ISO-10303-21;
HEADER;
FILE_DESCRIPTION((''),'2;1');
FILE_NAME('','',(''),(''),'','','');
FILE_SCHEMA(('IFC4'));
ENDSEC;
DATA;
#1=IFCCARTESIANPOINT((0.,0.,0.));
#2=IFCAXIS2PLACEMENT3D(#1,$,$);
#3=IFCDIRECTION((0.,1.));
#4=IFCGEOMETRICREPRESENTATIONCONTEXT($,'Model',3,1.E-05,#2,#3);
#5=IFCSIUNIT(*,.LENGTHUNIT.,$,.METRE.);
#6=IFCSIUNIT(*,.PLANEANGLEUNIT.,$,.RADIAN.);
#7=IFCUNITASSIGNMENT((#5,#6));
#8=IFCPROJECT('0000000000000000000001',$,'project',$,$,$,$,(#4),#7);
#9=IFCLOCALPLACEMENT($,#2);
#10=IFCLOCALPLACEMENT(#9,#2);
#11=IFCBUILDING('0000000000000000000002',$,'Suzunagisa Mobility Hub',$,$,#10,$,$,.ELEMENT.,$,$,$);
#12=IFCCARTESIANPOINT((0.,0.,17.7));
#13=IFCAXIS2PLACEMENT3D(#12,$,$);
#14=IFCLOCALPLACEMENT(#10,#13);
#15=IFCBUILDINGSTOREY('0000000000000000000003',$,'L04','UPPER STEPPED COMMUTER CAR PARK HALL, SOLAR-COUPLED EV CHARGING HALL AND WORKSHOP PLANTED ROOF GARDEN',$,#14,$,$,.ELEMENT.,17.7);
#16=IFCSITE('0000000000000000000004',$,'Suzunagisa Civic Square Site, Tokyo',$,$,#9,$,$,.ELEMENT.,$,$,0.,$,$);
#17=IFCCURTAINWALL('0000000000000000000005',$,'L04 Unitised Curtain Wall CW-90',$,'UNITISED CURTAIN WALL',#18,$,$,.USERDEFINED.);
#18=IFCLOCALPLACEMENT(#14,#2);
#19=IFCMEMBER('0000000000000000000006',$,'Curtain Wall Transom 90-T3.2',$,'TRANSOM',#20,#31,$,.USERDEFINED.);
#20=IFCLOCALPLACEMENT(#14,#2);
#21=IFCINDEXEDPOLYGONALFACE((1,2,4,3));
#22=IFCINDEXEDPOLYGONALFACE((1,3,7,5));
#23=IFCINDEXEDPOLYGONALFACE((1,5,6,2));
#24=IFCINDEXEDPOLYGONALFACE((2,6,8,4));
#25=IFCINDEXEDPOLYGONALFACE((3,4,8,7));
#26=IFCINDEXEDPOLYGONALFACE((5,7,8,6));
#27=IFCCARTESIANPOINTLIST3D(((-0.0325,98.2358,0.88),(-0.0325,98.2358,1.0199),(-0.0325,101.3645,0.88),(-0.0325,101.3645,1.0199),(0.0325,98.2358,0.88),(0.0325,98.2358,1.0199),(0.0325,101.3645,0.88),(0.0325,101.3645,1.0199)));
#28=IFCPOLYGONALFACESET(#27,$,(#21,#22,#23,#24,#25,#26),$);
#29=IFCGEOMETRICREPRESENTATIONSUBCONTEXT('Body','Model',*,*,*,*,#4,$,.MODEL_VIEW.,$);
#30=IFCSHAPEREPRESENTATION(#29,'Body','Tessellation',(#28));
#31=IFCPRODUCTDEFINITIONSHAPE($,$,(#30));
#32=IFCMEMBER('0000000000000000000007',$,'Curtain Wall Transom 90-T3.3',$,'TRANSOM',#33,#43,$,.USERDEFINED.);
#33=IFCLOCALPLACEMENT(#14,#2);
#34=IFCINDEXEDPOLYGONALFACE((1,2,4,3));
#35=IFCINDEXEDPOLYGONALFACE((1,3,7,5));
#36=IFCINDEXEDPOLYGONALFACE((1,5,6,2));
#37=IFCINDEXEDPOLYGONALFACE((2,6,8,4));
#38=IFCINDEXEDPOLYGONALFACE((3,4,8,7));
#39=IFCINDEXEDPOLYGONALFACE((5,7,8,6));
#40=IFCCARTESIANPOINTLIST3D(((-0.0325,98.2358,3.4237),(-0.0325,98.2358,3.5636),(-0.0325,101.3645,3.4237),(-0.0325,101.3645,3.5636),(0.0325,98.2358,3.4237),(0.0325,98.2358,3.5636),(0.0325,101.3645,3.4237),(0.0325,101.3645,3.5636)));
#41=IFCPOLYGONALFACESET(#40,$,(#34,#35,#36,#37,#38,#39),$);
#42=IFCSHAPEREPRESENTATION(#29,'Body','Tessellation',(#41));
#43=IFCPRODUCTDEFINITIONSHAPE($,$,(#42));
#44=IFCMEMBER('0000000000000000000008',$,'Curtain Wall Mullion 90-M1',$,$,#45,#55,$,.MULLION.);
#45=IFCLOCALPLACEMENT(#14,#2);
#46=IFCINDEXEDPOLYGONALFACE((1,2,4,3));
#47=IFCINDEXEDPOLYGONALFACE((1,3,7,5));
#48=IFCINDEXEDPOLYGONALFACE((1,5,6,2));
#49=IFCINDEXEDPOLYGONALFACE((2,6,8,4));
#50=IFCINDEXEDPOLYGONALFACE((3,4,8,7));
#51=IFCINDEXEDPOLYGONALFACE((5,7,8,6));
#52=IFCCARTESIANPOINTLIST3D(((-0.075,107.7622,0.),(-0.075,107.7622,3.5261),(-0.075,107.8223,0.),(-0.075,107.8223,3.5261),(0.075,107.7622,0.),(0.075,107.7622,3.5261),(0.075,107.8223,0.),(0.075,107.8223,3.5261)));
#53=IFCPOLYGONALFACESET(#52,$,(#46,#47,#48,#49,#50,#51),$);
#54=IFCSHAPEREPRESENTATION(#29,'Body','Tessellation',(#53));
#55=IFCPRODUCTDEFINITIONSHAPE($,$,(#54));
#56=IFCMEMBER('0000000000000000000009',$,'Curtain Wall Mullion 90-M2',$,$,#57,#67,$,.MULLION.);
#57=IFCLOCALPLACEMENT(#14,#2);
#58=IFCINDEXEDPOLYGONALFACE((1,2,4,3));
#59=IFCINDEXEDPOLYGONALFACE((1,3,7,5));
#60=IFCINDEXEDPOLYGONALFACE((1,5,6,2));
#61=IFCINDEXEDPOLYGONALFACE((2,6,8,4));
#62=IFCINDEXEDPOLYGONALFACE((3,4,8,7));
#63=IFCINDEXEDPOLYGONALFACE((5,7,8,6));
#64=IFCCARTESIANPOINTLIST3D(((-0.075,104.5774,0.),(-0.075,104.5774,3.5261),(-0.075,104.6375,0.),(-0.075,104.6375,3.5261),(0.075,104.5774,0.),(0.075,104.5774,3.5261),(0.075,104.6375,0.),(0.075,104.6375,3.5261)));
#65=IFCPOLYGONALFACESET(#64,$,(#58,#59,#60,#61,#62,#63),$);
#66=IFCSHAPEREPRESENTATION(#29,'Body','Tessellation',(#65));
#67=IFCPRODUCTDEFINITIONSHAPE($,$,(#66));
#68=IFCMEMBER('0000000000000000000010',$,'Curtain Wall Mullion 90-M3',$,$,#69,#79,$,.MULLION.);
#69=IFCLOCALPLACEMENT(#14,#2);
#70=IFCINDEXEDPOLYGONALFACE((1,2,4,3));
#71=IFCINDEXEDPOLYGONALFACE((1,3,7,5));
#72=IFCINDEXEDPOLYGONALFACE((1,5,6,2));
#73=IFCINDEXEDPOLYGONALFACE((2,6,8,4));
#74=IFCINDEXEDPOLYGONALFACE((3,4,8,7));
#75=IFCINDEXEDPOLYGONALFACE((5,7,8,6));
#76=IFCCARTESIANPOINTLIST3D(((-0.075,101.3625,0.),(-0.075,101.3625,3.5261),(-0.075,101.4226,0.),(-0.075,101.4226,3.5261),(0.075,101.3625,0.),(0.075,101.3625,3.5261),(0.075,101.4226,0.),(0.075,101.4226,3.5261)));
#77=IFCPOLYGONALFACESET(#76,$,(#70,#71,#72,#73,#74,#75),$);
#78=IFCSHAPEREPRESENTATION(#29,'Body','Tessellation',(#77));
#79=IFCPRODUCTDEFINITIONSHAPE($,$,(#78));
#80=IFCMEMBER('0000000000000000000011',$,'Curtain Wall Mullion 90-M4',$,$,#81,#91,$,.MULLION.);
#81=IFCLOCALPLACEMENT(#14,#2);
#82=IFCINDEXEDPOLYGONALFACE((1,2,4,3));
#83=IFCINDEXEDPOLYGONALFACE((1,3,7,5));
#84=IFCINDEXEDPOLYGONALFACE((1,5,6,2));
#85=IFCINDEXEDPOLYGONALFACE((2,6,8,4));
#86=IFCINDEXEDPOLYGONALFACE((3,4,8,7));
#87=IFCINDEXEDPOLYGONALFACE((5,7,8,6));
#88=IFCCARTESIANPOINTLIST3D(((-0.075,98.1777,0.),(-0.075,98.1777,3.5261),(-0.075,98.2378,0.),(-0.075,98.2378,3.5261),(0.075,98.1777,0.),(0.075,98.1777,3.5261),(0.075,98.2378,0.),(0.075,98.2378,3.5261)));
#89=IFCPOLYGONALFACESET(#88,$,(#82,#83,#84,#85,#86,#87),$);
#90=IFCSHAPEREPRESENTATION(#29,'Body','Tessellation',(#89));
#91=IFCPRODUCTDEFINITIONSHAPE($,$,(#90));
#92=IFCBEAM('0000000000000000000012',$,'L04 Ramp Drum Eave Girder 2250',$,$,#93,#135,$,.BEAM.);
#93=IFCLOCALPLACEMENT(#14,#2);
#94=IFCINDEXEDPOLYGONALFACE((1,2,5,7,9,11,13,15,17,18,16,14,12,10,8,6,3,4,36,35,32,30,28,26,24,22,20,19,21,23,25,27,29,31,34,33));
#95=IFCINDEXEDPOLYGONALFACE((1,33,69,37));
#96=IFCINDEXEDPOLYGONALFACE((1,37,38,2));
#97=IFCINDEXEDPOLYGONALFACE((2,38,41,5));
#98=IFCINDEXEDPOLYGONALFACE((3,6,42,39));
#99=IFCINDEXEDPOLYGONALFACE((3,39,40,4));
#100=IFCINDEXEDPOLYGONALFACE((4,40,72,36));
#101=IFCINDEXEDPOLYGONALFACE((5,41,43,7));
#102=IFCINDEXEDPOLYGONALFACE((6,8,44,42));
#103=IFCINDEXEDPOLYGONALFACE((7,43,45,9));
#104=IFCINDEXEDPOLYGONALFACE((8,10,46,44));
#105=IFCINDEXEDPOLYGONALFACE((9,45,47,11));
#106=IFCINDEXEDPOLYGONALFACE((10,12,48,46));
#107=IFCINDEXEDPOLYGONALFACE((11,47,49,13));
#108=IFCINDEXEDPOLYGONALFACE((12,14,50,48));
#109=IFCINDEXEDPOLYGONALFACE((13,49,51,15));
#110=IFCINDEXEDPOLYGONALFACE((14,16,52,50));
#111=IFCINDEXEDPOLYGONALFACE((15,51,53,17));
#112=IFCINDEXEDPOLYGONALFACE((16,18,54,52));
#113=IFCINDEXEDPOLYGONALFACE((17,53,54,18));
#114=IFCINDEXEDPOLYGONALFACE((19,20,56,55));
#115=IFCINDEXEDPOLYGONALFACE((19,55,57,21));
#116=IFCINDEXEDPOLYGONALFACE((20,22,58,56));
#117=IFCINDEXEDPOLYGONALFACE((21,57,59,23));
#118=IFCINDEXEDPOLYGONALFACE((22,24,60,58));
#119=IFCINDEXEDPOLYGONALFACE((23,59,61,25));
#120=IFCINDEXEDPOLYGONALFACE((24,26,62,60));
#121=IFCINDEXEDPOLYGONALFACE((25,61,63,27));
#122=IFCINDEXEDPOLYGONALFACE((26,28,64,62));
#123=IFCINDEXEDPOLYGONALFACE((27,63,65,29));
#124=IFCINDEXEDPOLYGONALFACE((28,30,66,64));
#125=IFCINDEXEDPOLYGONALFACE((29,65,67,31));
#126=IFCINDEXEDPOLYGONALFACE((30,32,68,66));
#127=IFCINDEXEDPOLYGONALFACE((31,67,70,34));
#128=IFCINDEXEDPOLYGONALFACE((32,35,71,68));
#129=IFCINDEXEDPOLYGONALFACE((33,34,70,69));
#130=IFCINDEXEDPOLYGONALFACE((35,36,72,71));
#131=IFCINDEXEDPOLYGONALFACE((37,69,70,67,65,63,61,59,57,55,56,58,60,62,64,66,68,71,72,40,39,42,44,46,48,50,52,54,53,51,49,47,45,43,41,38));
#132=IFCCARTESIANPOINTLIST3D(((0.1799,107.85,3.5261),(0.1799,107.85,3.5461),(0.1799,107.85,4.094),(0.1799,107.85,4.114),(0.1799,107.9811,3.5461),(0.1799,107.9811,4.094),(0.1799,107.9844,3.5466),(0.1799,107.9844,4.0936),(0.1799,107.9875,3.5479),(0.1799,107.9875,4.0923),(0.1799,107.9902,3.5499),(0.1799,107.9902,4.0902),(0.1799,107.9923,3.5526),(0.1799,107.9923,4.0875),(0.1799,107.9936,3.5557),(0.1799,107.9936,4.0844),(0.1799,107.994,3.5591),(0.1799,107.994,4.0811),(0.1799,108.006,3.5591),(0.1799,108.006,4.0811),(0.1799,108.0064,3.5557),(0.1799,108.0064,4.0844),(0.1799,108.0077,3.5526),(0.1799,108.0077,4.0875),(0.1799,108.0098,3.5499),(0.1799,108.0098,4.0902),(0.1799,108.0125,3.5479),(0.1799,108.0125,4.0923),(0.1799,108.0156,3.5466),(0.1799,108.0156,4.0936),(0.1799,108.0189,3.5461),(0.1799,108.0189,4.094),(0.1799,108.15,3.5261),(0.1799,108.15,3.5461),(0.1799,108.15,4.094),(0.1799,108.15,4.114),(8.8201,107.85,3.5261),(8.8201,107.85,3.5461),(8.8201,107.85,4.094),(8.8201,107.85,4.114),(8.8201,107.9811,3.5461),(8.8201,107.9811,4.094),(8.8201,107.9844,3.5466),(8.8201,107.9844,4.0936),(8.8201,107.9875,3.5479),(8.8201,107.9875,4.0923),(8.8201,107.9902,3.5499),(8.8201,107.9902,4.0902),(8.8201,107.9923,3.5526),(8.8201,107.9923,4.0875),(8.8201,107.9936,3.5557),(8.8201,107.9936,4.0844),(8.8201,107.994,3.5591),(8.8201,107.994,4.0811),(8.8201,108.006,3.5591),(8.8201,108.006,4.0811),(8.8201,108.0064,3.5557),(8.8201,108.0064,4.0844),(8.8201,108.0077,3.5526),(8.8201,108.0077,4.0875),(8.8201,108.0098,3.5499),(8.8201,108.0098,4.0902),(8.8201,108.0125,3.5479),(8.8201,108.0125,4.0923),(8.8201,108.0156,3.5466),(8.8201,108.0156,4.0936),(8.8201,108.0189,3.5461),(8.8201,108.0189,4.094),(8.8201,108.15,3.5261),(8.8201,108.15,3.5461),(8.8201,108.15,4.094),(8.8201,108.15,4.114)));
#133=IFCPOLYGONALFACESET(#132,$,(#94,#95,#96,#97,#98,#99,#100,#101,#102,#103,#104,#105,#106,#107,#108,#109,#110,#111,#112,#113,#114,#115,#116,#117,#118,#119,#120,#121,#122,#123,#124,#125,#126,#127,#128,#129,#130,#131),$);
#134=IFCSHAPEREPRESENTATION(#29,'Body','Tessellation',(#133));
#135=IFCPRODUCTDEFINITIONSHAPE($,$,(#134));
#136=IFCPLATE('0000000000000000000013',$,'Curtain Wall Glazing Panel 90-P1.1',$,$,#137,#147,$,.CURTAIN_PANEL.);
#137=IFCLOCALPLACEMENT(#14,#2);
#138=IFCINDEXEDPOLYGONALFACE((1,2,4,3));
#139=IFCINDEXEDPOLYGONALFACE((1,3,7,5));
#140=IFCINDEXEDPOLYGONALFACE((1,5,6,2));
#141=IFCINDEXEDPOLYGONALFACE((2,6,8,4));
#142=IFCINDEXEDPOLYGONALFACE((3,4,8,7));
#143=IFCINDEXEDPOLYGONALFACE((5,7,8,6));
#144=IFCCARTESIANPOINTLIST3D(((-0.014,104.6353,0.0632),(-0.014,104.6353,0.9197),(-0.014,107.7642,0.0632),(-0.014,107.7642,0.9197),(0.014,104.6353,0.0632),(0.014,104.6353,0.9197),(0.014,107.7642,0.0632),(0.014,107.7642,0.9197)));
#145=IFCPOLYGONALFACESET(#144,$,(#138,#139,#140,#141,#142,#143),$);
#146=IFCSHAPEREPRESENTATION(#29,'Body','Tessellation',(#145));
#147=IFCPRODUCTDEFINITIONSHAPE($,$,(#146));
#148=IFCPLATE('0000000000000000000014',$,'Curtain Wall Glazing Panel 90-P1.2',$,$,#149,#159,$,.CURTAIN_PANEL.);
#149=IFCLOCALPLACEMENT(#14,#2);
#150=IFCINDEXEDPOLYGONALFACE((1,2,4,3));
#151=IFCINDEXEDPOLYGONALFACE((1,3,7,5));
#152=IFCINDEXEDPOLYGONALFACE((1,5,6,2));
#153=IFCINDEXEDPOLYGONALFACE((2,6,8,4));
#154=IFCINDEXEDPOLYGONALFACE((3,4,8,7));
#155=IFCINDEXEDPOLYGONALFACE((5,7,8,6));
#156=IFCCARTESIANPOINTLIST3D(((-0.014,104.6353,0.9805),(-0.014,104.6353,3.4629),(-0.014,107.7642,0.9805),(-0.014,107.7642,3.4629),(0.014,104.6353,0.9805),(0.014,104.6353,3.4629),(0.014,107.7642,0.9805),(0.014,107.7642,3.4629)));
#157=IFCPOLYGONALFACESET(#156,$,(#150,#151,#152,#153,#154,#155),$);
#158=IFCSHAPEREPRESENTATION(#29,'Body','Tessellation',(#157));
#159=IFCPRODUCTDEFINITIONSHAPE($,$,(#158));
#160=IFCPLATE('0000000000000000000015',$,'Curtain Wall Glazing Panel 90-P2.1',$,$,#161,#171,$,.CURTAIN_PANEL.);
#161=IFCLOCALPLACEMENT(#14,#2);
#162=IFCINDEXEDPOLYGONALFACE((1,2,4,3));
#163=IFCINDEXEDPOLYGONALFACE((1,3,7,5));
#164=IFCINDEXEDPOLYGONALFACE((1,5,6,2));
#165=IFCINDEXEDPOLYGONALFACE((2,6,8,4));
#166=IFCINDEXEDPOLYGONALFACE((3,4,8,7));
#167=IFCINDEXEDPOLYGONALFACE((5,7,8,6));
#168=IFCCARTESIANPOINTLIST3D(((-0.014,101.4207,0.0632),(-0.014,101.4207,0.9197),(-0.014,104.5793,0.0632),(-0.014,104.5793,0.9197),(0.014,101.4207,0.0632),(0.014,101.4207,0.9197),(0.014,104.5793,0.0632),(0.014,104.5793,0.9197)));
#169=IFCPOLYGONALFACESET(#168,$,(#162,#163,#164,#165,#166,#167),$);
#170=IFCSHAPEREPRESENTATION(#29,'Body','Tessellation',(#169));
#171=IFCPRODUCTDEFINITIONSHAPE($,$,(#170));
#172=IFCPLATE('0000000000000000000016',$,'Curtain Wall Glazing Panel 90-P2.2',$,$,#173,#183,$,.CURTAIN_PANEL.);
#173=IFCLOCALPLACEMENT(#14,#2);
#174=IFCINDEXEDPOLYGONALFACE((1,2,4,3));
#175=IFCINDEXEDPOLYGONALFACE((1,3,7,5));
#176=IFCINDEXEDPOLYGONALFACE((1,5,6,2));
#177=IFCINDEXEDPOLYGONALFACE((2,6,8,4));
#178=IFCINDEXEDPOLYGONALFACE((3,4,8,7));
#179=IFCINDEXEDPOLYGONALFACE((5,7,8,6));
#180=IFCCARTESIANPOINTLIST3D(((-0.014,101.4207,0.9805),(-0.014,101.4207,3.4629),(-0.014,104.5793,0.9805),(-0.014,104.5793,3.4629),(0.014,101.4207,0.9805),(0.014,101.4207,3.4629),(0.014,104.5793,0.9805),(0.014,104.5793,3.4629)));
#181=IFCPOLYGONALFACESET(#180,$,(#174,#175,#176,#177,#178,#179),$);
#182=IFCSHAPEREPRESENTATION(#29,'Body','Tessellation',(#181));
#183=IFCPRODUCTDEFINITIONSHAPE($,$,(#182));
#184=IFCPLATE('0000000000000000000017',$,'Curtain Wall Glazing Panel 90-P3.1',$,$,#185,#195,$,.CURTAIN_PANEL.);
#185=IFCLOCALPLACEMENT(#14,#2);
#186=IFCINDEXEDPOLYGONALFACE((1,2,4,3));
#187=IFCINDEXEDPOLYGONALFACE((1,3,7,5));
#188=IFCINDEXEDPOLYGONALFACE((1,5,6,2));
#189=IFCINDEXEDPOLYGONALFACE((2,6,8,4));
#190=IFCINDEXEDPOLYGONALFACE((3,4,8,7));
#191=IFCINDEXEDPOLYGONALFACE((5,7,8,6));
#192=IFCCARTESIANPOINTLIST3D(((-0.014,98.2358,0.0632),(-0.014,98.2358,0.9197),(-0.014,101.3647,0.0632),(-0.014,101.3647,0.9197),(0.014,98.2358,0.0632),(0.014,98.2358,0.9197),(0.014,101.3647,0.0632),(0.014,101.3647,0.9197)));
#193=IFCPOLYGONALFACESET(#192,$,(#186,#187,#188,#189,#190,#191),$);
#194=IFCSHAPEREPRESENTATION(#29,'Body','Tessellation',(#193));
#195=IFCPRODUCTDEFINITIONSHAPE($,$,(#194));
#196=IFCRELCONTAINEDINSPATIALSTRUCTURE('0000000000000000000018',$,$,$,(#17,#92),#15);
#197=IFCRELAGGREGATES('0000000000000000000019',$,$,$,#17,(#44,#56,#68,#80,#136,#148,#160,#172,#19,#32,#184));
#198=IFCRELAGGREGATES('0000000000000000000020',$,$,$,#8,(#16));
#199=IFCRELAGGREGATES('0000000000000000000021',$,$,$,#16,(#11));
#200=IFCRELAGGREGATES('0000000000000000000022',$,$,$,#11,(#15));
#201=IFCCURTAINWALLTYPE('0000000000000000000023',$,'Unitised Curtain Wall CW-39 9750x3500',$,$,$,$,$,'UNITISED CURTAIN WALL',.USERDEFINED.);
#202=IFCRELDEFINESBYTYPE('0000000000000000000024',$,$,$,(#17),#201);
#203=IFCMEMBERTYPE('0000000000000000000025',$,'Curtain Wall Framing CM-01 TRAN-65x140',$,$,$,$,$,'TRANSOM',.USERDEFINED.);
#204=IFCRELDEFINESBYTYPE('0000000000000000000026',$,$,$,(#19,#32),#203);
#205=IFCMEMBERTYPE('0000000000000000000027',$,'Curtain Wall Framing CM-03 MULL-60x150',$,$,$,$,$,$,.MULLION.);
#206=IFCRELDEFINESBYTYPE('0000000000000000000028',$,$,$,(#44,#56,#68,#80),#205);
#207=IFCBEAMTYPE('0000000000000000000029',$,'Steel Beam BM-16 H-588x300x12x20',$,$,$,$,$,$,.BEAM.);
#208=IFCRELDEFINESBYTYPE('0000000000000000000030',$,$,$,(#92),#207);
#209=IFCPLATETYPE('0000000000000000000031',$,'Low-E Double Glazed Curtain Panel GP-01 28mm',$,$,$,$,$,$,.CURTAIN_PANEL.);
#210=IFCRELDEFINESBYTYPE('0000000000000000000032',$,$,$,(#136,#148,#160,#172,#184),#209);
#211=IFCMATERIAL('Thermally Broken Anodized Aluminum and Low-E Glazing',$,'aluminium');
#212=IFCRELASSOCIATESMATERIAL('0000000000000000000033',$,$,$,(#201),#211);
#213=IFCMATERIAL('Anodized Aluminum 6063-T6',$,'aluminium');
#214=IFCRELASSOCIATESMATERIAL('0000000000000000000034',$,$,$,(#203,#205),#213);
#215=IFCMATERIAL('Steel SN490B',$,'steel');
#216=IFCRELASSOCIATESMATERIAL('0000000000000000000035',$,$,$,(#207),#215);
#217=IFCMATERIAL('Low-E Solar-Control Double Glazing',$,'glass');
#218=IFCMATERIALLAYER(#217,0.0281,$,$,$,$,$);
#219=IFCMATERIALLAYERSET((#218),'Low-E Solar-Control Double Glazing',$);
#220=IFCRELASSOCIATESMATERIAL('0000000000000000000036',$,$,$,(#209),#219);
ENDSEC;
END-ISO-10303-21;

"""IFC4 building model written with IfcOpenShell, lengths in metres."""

from ifc_helpers import new_model, si_unit, direction, frame, origin, origin_2d, place, context, subcontext, project, spatial, rectangle, i_section, extrude, material, layer, layer_set, material_profile, profile_set, type_object, element, aggregate, save


model = new_model("IFC4")

# Units and contexts
model_context = context("Model", 3, precision=1e-05, world=origin(), true_north=direction((0.0, 1.0)))
body_context = subcontext(model_context, "Body", "Model", "MODEL_VIEW")
ifc_project = project(units=[si_unit("LENGTHUNIT", "METRE"), si_unit("PLANEANGLEUNIT", "RADIAN")], contexts=[model_context])

# Site, building, storey
site_placement = place(None, origin())
site = spatial("IfcSite", under=ifc_project, at=site_placement, Name="Suzunagisa Civic Square Site, Tokyo", CompositionType="ELEMENT", RefElevation=0.0)
building_placement = place(site_placement, origin())
building = spatial("IfcBuilding", under=site, at=building_placement, Name="Suzunagisa Mobility Hub", CompositionType="ELEMENT")
storey_placement = place(building_placement, frame((0.0, 0.0, 17.7)))
storey = spatial("IfcBuildingStorey", under=building, at=storey_placement, Name="L04", Description="UPPER STEPPED COMMUTER CAR PARK HALL, SOLAR-COUPLED EV CHARGING HALL AND WORKSHOP PLANTED ROOF GARDEN", CompositionType="ELEMENT", Elevation=17.7)

# Shared definitions
ifc_material_1 = material(Name="Steel SN490B", Category="steel")

# Curtain wall, members
ifc_material_2 = material(Name="Thermally Broken Anodized Aluminum and Low-E Glazing", Category="aluminium")
curtain_wall_type = type_object("IfcCurtainWallType", Name="Unitised Curtain Wall CW-39 9750x3500", ElementType="UNITISED CURTAIN WALL", PredefinedType="USERDEFINED", material=ifc_material_2)
curtain_wall_placement = place(storey_placement, origin())
curtain_wall = element("IfcCurtainWall", 1, at=curtain_wall_placement, inside=storey, type_object=curtain_wall_type, Name="L04 Unitised Curtain Wall CW-90", ObjectType="UNITISED CURTAIN WALL", PredefinedType="USERDEFINED")
ifc_material_3 = material(Name="Anodized Aluminum 6063-T6", Category="aluminium")
ifc_material_profile_1 = material_profile(ifc_material_3, rectangle(XDim=0.0649, YDim=0.1399, at=origin_2d()), Name="TRAN-65x140")
ifc_profile_set_1 = profile_set([ifc_material_profile_1], Name="Anodized Aluminum 6063-T6")
member_type_1 = type_object("IfcMemberType", Name="Curtain Wall Framing CM-01 TRAN-65x140", ElementType="TRANSOM", PredefinedType="USERDEFINED", material=ifc_profile_set_1)
member_1_placement = place(storey_placement, frame((0.0, 101.3645, 0.95), z_axis=(0.0, -1.0, 0.0), x_axis=(1.0, 0.0, 0.0)))
member_1 = element("IfcMember", 2, at=member_1_placement, type_object=member_type_1, Name="Curtain Wall Transom 90-T3.2", ObjectType="TRANSOM", PredefinedType="USERDEFINED", context=body_context, shape_type="SweptSolid", body=[
    extrude(rectangle(XDim=0.0649, YDim=0.1399, at=origin_2d()), origin(), (0.0, 0.0, 1.0), 3.1287),
])
member_2_placement = place(storey_placement, frame((0.0, 101.3645, 3.4937), z_axis=(0.0, -1.0, 0.0), x_axis=(1.0, 0.0, 0.0)))
member_2 = element("IfcMember", 3, at=member_2_placement, type_object=member_type_1, Name="Curtain Wall Transom 90-T3.3", ObjectType="TRANSOM", PredefinedType="USERDEFINED", context=body_context, shape_type="SweptSolid", body=[
    extrude(rectangle(XDim=0.0649, YDim=0.1399, at=origin_2d()), origin(), (0.0, 0.0, 1.0), 3.1287),
])
ifc_material_profile_2 = material_profile(ifc_material_3, rectangle(XDim=0.0601, YDim=0.1499, at=origin_2d()), Name="MULL-60x150")
ifc_profile_set_2 = profile_set([ifc_material_profile_2], Name="Anodized Aluminum 6063-T6")
member_type_2 = type_object("IfcMemberType", Name="Curtain Wall Framing CM-03 MULL-60x150", PredefinedType="MULLION", material=ifc_profile_set_2)
member_3_placement = place(storey_placement, frame((0.0, 107.7922, 0.0), z_axis=(0.0, 0.0, 1.0), x_axis=(0.0, -1.0, 0.0)))
member_3 = element("IfcMember", 4, at=member_3_placement, type_object=member_type_2, Name="Curtain Wall Mullion 90-M1", PredefinedType="MULLION", context=body_context, shape_type="SweptSolid", body=[
    extrude(rectangle(XDim=0.0601, YDim=0.1499, at=origin_2d()), origin(), (0.0, 0.0, 1.0), 3.5261),
])
member_4_placement = place(storey_placement, frame((0.0, 104.6074, 0.0), z_axis=(0.0, 0.0, 1.0), x_axis=(0.0, -1.0, 0.0)))
member_4 = element("IfcMember", 5, at=member_4_placement, type_object=member_type_2, Name="Curtain Wall Mullion 90-M2", PredefinedType="MULLION", context=body_context, shape_type="SweptSolid", body=[
    extrude(rectangle(XDim=0.0601, YDim=0.1499, at=origin_2d()), origin(), (0.0, 0.0, 1.0), 3.5261),
])
member_5_placement = place(storey_placement, frame((0.0, 101.3926, 0.0), z_axis=(0.0, 0.0, 1.0), x_axis=(0.0, -1.0, 0.0)))
member_5 = element("IfcMember", 6, at=member_5_placement, type_object=member_type_2, Name="Curtain Wall Mullion 90-M3", PredefinedType="MULLION", context=body_context, shape_type="SweptSolid", body=[
    extrude(rectangle(XDim=0.0601, YDim=0.1499, at=origin_2d()), origin(), (0.0, 0.0, 1.0), 3.5261),
])
member_6_placement = place(storey_placement, frame((0.0, 98.2078, 0.0), z_axis=(0.0, 0.0, 1.0), x_axis=(0.0, -1.0, 0.0)))
member_6 = element("IfcMember", 7, at=member_6_placement, type_object=member_type_2, Name="Curtain Wall Mullion 90-M4", PredefinedType="MULLION", context=body_context, shape_type="SweptSolid", body=[
    extrude(rectangle(XDim=0.0601, YDim=0.1499, at=origin_2d()), origin(), (0.0, 0.0, 1.0), 3.5261),
])

# Beam
ifc_material_profile_3 = material_profile(ifc_material_1, i_section(OverallWidth=0.3, OverallDepth=0.5879, WebThickness=0.012, FlangeThickness=0.02, FilletRadius=0.0129, at=origin_2d()), Name="H-588x300x12x20")
ifc_profile_set_3 = profile_set([ifc_material_profile_3], Name="Steel SN490B")
beam_type = type_object("IfcBeamType", Name="Steel Beam BM-16 H-588x300x12x20", PredefinedType="BEAM", material=ifc_profile_set_3)
beam_placement = place(storey_placement, frame((0.1799, 108.0, 3.8201), z_axis=(1.0, 0.0, 0.0), x_axis=(0.0, 1.0, 0.0)))
element("IfcBeam", 8, at=beam_placement, inside=storey, type_object=beam_type, Name="L04 Ramp Drum Eave Girder 2250", PredefinedType="BEAM", context=body_context, shape_type="SweptSolid", body=[
    extrude(i_section(OverallWidth=0.3, OverallDepth=0.5879, WebThickness=0.012, FlangeThickness=0.02, FilletRadius=0.0129, at=origin_2d()), origin(), (0.0, 0.0, 1.0), 8.6401),
])

# Plates
ifc_material_4 = material(Name="Low-E Solar-Control Double Glazing", Category="glass")
ifc_layer_1 = layer(ifc_material_4, 0.0281)
ifc_layer_set_1 = layer_set([ifc_layer_1], Name="Low-E Solar-Control Double Glazing")
plate_type_1 = type_object("IfcPlateType", Name="Low-E Double Glazed Curtain Panel GP-01 28mm", PredefinedType="CURTAIN_PANEL", material=ifc_layer_set_1)
plate_1_placement = place(storey_placement, frame((0.0, 106.1997, 0.0632), z_axis=(0.0, 0.0, 1.0), x_axis=(0.0, -1.0, 0.0)))
plate_1 = element("IfcPlate", 9, at=plate_1_placement, type_object=plate_type_1, Name="Curtain Wall Glazing Panel 90-P1.1", PredefinedType="CURTAIN_PANEL", context=body_context, shape_type="SweptSolid", body=[
    extrude(rectangle(XDim=3.1289, YDim=0.0281, at=origin_2d()), origin(), (0.0, 0.0, 1.0), 0.8564),
])
plate_2_placement = place(storey_placement, frame((0.0, 106.1997, 0.9805), z_axis=(0.0, 0.0, 1.0), x_axis=(0.0, -1.0, 0.0)))
plate_2 = element("IfcPlate", 10, at=plate_2_placement, type_object=plate_type_1, Name="Curtain Wall Glazing Panel 90-P1.2", PredefinedType="CURTAIN_PANEL", context=body_context, shape_type="SweptSolid", body=[
    extrude(rectangle(XDim=3.1289, YDim=0.0281, at=origin_2d()), origin(), (0.0, 0.0, 1.0), 2.4824),
])
plate_3_placement = place(storey_placement, frame((0.0, 103.0, 0.0632), z_axis=(0.0, 0.0, 1.0), x_axis=(0.0, -1.0, 0.0)))
plate_3 = element("IfcPlate", 11, at=plate_3_placement, type_object=plate_type_1, Name="Curtain Wall Glazing Panel 90-P2.1", PredefinedType="CURTAIN_PANEL", context=body_context, shape_type="SweptSolid", body=[
    extrude(rectangle(XDim=3.1587, YDim=0.0281, at=origin_2d()), origin(), (0.0, 0.0, 1.0), 0.8564),
])
plate_4_placement = place(storey_placement, frame((0.0, 103.0, 0.9805), z_axis=(0.0, 0.0, 1.0), x_axis=(0.0, -1.0, 0.0)))
plate_4 = element("IfcPlate", 12, at=plate_4_placement, type_object=plate_type_1, Name="Curtain Wall Glazing Panel 90-P2.2", PredefinedType="CURTAIN_PANEL", context=body_context, shape_type="SweptSolid", body=[
    extrude(rectangle(XDim=3.1587, YDim=0.0281, at=origin_2d()), origin(), (0.0, 0.0, 1.0), 2.4824),
])
plate_5_placement = place(storey_placement, frame((0.0, 99.8003, 0.0632), z_axis=(0.0, 0.0, 1.0), x_axis=(0.0, -1.0, 0.0)))
plate_5 = element("IfcPlate", 13, at=plate_5_placement, type_object=plate_type_1, Name="Curtain Wall Glazing Panel 90-P3.1", PredefinedType="CURTAIN_PANEL", context=body_context, shape_type="SweptSolid", body=[
    extrude(rectangle(XDim=3.1289, YDim=0.0281, at=origin_2d()), origin(), (0.0, 0.0, 1.0), 0.8564),
])
aggregate(curtain_wall, [member_3, member_4, member_5, member_6, plate_1, plate_2, plate_3, plate_4, member_1, member_2, plate_5])

save(model, "model.ifc")
